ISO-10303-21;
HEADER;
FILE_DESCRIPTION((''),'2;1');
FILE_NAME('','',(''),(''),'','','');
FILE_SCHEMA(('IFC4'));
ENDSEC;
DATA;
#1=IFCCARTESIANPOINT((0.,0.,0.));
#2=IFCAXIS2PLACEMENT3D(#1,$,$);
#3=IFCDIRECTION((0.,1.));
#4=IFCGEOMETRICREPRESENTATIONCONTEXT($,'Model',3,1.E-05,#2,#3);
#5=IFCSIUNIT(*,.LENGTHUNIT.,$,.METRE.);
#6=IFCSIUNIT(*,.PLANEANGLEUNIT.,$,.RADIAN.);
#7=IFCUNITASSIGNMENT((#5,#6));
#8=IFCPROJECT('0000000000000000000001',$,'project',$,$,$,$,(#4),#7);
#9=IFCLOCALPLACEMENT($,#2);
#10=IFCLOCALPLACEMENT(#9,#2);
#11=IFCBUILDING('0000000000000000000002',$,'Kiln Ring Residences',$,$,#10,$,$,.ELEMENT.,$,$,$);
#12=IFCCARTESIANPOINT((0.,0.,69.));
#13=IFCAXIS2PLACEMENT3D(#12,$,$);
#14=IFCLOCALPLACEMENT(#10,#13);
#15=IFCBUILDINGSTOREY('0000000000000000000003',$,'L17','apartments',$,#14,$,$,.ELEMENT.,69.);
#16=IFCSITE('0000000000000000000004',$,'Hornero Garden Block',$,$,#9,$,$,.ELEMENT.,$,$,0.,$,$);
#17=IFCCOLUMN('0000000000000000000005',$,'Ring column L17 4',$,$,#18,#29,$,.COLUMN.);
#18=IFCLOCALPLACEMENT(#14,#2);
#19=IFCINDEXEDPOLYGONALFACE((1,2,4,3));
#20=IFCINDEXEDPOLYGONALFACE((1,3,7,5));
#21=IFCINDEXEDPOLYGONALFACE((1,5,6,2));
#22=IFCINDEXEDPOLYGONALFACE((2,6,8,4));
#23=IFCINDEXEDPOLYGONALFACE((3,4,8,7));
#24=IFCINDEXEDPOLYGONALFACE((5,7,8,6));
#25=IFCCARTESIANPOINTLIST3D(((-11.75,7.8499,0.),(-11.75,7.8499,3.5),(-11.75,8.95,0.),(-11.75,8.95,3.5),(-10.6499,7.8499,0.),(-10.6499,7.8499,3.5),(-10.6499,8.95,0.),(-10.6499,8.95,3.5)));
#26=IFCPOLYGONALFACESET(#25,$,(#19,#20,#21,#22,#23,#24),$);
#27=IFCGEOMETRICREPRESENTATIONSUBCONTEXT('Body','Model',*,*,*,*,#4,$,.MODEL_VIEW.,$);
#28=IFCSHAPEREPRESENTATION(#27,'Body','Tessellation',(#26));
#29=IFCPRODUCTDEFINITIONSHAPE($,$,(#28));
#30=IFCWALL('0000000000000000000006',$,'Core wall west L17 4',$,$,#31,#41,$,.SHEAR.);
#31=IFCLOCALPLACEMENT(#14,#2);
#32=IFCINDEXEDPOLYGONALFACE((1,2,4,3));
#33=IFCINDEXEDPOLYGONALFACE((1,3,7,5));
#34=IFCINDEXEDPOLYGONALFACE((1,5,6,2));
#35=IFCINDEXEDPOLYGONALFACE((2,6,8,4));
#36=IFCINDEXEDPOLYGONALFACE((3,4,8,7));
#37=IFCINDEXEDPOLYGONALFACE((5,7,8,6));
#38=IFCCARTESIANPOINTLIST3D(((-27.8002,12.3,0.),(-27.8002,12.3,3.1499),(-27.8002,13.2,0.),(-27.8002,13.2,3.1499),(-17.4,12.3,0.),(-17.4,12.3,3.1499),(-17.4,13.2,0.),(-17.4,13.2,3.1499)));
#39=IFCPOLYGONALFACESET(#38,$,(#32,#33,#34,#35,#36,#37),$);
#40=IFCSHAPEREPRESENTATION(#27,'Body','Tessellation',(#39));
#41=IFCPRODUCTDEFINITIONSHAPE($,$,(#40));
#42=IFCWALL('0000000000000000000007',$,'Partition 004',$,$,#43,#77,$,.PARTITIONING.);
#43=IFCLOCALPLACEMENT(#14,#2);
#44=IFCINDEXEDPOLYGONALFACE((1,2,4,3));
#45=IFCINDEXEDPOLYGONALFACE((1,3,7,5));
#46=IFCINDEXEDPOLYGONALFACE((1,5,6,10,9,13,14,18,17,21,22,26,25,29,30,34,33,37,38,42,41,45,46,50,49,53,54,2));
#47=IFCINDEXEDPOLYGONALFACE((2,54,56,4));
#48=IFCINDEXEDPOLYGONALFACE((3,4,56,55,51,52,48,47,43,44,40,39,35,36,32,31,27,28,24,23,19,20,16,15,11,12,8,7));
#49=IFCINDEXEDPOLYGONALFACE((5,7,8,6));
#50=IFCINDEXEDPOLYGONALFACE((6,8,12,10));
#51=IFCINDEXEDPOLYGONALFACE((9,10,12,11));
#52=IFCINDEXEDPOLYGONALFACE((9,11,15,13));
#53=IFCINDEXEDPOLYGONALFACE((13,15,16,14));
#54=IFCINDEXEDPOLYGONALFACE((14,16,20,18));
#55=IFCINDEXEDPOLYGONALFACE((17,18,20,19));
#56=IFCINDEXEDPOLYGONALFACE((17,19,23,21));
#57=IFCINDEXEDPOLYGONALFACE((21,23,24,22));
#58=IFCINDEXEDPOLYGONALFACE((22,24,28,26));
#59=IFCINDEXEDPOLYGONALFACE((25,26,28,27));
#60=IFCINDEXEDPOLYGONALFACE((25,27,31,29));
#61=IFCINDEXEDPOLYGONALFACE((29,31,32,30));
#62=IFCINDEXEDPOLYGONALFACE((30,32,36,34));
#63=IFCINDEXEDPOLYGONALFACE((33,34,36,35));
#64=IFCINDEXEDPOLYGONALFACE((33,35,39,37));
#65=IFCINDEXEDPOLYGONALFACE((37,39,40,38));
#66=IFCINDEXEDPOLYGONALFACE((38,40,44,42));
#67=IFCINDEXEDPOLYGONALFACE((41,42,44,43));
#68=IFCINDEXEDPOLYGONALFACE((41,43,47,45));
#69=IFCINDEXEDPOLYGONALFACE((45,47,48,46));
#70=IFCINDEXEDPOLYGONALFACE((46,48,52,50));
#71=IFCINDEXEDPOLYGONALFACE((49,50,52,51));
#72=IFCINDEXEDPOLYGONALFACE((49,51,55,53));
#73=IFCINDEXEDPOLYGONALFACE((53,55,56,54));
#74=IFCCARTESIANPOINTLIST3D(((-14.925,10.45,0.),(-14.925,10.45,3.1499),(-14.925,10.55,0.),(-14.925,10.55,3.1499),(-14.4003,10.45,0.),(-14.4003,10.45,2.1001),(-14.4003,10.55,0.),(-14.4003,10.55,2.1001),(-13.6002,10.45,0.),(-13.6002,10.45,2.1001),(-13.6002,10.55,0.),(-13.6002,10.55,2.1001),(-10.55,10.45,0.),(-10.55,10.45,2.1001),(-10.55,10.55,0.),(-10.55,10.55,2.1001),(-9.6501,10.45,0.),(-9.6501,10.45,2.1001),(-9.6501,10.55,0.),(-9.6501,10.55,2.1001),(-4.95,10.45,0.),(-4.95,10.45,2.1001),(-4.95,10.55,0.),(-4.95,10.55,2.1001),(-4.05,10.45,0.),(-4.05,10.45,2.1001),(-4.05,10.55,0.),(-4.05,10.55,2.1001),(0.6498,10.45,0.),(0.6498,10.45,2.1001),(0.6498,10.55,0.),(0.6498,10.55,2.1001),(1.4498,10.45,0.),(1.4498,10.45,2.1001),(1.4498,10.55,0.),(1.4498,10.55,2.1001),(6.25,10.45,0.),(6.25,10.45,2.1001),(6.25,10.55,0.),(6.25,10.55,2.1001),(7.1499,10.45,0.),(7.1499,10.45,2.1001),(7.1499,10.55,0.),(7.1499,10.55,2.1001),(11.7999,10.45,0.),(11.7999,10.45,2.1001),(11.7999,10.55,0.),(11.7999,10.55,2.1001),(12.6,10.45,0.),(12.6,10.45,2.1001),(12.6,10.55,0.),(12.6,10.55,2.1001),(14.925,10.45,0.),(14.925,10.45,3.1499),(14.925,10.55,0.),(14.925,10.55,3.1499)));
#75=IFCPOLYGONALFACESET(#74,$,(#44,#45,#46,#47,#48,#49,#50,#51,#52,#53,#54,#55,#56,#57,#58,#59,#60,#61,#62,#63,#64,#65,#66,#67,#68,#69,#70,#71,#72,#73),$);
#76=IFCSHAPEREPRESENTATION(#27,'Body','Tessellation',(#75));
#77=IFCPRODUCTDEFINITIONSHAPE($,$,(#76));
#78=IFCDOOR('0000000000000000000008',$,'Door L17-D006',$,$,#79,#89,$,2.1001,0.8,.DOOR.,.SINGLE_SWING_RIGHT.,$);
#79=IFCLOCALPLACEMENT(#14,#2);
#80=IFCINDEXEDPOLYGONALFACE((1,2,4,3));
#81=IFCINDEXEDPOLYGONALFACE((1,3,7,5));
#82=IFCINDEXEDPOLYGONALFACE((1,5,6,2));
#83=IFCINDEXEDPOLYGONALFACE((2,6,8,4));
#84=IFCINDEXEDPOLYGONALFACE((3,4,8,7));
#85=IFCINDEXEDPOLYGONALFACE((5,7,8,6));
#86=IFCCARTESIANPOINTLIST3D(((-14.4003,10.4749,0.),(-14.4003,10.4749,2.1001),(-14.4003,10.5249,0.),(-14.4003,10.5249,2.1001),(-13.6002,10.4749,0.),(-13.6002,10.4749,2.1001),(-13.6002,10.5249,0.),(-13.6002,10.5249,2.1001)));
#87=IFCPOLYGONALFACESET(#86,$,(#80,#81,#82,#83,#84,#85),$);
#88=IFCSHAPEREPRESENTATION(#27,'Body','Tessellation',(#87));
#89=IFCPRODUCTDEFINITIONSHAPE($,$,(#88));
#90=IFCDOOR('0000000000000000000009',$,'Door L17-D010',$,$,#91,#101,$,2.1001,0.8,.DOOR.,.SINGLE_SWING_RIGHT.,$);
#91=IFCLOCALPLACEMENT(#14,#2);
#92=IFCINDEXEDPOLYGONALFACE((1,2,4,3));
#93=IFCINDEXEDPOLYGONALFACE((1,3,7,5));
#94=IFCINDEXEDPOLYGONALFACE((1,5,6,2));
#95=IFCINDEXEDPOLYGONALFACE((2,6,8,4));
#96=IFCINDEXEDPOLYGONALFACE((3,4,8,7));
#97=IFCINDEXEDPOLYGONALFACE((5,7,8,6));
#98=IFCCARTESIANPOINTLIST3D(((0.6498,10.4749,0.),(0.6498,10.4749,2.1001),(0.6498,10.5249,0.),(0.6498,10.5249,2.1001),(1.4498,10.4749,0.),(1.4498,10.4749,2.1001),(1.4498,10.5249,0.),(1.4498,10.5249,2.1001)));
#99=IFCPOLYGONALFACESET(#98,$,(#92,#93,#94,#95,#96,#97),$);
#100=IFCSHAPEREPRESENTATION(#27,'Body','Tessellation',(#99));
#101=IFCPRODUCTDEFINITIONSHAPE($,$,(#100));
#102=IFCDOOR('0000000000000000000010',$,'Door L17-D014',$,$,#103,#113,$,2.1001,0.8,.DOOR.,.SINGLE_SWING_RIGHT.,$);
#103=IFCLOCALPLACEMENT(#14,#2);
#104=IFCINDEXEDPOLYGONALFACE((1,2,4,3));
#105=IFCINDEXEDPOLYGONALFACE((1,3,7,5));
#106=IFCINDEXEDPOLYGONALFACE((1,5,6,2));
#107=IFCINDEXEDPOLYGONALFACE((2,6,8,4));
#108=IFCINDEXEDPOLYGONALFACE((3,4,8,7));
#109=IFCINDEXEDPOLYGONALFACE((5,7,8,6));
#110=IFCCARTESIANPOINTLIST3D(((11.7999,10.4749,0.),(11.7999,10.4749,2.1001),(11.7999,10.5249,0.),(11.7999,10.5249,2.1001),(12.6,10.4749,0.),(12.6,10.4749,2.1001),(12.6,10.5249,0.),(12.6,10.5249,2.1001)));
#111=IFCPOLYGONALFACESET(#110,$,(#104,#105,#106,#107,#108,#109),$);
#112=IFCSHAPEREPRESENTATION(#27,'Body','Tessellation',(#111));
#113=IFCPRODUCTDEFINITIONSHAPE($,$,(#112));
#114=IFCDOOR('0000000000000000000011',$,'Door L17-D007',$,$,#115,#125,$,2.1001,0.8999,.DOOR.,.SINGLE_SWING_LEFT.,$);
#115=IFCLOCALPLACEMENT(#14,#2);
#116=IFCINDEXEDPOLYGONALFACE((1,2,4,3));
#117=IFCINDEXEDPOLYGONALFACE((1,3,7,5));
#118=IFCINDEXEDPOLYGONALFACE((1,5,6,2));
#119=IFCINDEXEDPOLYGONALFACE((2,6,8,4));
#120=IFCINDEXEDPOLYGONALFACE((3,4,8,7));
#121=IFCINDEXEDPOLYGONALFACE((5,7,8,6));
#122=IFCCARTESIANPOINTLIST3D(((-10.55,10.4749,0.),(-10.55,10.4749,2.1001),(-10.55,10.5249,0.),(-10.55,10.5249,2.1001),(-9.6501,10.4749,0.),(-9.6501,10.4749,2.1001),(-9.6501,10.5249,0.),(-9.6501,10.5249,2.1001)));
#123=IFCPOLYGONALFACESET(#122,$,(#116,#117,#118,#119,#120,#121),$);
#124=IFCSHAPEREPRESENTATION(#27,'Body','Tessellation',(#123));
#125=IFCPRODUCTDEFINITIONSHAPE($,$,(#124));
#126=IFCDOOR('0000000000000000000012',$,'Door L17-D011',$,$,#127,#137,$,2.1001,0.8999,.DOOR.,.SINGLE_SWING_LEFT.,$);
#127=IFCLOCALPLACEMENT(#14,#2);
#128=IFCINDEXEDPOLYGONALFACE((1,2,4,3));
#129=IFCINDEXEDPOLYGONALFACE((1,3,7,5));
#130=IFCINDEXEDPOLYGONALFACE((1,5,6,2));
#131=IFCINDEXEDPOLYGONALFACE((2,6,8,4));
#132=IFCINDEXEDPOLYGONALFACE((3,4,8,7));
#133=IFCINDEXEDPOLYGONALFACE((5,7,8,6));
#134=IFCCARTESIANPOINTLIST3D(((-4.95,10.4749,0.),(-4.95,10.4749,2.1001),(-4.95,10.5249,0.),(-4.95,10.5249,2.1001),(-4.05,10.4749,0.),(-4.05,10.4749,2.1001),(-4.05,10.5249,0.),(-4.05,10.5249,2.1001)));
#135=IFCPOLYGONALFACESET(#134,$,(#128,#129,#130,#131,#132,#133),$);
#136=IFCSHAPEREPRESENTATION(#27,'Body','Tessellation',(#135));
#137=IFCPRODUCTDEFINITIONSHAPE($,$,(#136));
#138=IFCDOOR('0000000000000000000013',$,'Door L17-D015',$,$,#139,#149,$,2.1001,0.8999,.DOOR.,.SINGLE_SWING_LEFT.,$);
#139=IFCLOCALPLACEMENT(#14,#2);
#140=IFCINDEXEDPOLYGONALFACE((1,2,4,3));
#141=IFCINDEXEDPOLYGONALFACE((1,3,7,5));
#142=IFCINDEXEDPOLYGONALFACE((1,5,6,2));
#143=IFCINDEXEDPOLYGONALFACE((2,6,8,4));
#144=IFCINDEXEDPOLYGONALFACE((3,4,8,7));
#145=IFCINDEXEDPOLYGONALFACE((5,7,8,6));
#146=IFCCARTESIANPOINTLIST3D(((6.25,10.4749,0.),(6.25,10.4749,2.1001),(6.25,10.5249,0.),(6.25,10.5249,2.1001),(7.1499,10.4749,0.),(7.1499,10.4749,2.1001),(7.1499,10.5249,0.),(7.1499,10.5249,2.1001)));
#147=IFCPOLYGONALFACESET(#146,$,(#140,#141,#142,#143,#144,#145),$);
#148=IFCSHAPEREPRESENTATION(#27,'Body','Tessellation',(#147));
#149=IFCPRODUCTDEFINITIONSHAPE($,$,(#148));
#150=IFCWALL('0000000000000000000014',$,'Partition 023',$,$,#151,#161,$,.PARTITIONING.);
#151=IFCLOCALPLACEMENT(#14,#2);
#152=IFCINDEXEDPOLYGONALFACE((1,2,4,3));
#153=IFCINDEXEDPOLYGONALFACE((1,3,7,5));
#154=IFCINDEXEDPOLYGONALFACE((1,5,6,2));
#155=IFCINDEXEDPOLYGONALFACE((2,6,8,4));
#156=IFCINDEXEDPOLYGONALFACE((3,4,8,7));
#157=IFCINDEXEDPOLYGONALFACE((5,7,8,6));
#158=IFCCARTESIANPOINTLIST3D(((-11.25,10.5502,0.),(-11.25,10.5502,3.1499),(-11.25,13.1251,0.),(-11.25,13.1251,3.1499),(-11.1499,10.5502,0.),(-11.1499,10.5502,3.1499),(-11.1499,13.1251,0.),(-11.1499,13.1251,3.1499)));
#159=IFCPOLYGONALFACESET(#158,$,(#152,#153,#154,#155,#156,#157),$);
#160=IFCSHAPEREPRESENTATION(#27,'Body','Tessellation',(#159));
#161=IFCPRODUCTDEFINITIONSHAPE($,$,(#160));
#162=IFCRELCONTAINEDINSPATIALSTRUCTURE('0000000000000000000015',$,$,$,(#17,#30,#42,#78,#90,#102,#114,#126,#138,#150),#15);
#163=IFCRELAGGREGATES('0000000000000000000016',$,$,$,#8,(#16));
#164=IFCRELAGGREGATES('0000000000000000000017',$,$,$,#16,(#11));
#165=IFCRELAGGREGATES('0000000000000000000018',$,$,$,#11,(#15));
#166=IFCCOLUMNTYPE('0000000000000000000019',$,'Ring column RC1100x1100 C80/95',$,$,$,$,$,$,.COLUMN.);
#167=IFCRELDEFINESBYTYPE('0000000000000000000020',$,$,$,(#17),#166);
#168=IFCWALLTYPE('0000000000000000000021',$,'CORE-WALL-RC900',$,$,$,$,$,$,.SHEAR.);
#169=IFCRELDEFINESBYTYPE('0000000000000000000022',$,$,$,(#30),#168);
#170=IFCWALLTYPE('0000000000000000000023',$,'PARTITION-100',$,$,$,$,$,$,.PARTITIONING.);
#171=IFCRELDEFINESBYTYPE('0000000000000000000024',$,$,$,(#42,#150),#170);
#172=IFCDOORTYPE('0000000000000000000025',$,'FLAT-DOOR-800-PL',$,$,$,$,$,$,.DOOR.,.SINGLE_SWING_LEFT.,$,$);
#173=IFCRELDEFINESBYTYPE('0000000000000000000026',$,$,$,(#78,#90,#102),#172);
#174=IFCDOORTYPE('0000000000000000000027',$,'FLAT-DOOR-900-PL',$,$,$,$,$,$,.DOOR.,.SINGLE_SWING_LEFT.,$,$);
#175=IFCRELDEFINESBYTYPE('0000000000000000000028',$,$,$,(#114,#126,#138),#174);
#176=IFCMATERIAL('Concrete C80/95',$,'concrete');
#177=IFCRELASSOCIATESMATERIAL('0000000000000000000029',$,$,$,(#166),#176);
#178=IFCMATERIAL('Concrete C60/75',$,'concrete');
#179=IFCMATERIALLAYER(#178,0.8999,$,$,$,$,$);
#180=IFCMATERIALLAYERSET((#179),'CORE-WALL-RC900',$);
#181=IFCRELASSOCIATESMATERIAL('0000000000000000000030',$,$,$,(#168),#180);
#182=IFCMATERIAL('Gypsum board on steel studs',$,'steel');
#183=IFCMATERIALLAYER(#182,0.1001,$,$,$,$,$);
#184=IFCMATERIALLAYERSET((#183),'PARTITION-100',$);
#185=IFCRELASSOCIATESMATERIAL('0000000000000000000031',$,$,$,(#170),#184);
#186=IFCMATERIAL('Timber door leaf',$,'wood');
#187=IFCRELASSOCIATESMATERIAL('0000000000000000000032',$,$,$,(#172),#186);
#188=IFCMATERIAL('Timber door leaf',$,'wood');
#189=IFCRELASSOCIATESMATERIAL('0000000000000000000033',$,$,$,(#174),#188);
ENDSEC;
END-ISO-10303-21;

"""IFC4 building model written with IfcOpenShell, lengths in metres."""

from ifc_helpers import new_model, si_unit, direction, frame, frame_2d, origin, origin_2d, place, context, subcontext, project, spatial, rectangle, extrude, material, layer, layer_set, material_profile, profile_set, type_object, element, fill, save


model = new_model("IFC4")

# Units and contexts
model_context = context("Model", 3, precision=1e-05, world=origin(), true_north=direction((0.0, 1.0)))
body_context = subcontext(model_context, "Body", "Model", "MODEL_VIEW")
ifc_project = project(units=[si_unit("LENGTHUNIT", "METRE"), si_unit("PLANEANGLEUNIT", "RADIAN")], contexts=[model_context])

# Site, building, storey
site_placement = place(None, origin())
site = spatial("IfcSite", under=ifc_project, at=site_placement, Name="Hornero Garden Block", CompositionType="ELEMENT", RefElevation=0.0)
building_placement = place(site_placement, origin())
building = spatial("IfcBuilding", under=site, at=building_placement, Name="Kiln Ring Residences", CompositionType="ELEMENT")
storey_placement = place(building_placement, frame((0.0, 0.0, 69.0)))
storey = spatial("IfcBuildingStorey", under=building, at=storey_placement, Name="L17", Description="apartments", CompositionType="ELEMENT", Elevation=69.0)

# Column
ifc_material_1 = material(Name="Concrete C80/95", Category="concrete")
ifc_material_profile = material_profile(ifc_material_1, rectangle(XDim=1.1001, YDim=1.1001, at=origin_2d()), Name="RC1100x1100")
ifc_profile_set = profile_set([ifc_material_profile], Name="Concrete C80/95")
column_type = type_object("IfcColumnType", Name="Ring column RC1100x1100 C80/95", PredefinedType="COLUMN", material=ifc_profile_set)
column_placement = place(storey_placement, frame((-11.2, 8.3999, 0.0), z_axis=(0.0, 0.0, 1.0), x_axis=(1.0, 0.0, 0.0)))
element("IfcColumn", 1, at=column_placement, inside=storey, type_object=column_type, Name="Ring column L17 4", PredefinedType="COLUMN", context=body_context, shape_type="SweptSolid", body=[
    extrude(rectangle(XDim=1.1001, YDim=1.1001, at=origin_2d()), origin(), (0.0, 0.0, 1.0), 3.5),
])

# Wall
ifc_material_2 = material(Name="Concrete C60/75", Category="concrete")
ifc_layer_1 = layer(ifc_material_2, 0.8999)
ifc_layer_set_1 = layer_set([ifc_layer_1], Name="CORE-WALL-RC900")
wall_type_1 = type_object("IfcWallType", Name="CORE-WALL-RC900", PredefinedType="SHEAR", material=ifc_layer_set_1)
wall_1_placement = place(storey_placement, frame((-17.3999, 12.75, 0.0), z_axis=(0.0, 0.0, 1.0), x_axis=(-1.0, 0.0, 0.0)))
element("IfcWall", 2, at=wall_1_placement, inside=storey, type_object=wall_type_1, Name="Core wall west L17 4", PredefinedType="SHEAR", context=body_context, shape_type="SweptSolid", body=[
    extrude(rectangle(XDim=10.4001, YDim=0.8999, at=frame_2d((5.2002, 0.0))), origin(), (0.0, 0.0, 1.0), 3.1499),
])

# Wall, openings, doors
ifc_material_3 = material(Name="Gypsum board on steel studs", Category="steel")
ifc_layer_2 = layer(ifc_material_3, 0.1001)
ifc_layer_set_2 = layer_set([ifc_layer_2], Name="PARTITION-100")
wall_type_2 = type_object("IfcWallType", Name="PARTITION-100", PredefinedType="PARTITIONING", material=ifc_layer_set_2)
wall_2_placement = place(storey_placement, frame((-14.925, 10.5, 0.0), z_axis=(0.0, 0.0, 1.0), x_axis=(1.0, 0.0, 0.0)))
wall_2 = element("IfcWall", 3, at=wall_2_placement, inside=storey, type_object=wall_type_2, Name="Partition 004", PredefinedType="PARTITIONING", context=body_context, shape_type="SweptSolid", body=[
    extrude(rectangle(XDim=29.8501, YDim=0.1001, at=frame_2d((14.925, 0.0))), origin(), (0.0, 0.0, 1.0), 3.1499),
])
opening_1_placement = place(wall_2_placement, frame((0.5249, 0.0, 0.0)))
opening_1 = element("IfcOpeningElement", 4, at=opening_1_placement, cuts=wall_2, PredefinedType="OPENING", context=body_context, shape_type="SweptSolid", body=[
    extrude(rectangle(XDim=0.8, YDim=2.1001, at=frame_2d((0.3999, 1.05))), frame((0.0, 0.0601, 0.0), z_axis=(0.0, -1.0, 0.0), x_axis=(1.0, 0.0, 0.0)), (0.0, 0.0, 1.0), 0.1201),
])
opening_2_placement = place(wall_2_placement, frame((4.375, 0.0, 0.0)))
opening_2 = element("IfcOpeningElement", 5, at=opening_2_placement, cuts=wall_2, PredefinedType="OPENING", context=body_context, shape_type="SweptSolid", body=[
    extrude(rectangle(XDim=0.8999, YDim=2.1001, at=frame_2d((0.45, 1.05))), frame((0.0, 0.0601, 0.0), z_axis=(0.0, -1.0, 0.0), x_axis=(1.0, 0.0, 0.0)), (0.0, 0.0, 1.0), 0.1201),
])
opening_3_placement = place(wall_2_placement, frame((15.575, 0.0, 0.0)))
opening_3 = element("IfcOpeningElement", 6, at=opening_3_placement, cuts=wall_2, PredefinedType="OPENING", context=body_context, shape_type="SweptSolid", body=[
    extrude(rectangle(XDim=0.8, YDim=2.1001, at=frame_2d((0.3999, 1.05))), frame((0.0, 0.0601, 0.0), z_axis=(0.0, -1.0, 0.0), x_axis=(1.0, 0.0, 0.0)), (0.0, 0.0, 1.0), 0.1201),
])
opening_4_placement = place(wall_2_placement, frame((9.9751, 0.0, 0.0)))
opening_4 = element("IfcOpeningElement", 7, at=opening_4_placement, cuts=wall_2, PredefinedType="OPENING", context=body_context, shape_type="SweptSolid", body=[
    extrude(rectangle(XDim=0.8999, YDim=2.1001, at=frame_2d((0.45, 1.05))), frame((0.0, 0.0601, 0.0), z_axis=(0.0, -1.0, 0.0), x_axis=(1.0, 0.0, 0.0)), (0.0, 0.0, 1.0), 0.1201),
])
opening_5_placement = place(wall_2_placement, frame((26.7251, 0.0, 0.0)))
opening_5 = element("IfcOpeningElement", 8, at=opening_5_placement, cuts=wall_2, PredefinedType="OPENING", context=body_context, shape_type="SweptSolid", body=[
    extrude(rectangle(XDim=0.8, YDim=2.1001, at=frame_2d((0.3999, 1.05))), frame((0.0, 0.0601, 0.0), z_axis=(0.0, -1.0, 0.0), x_axis=(1.0, 0.0, 0.0)), (0.0, 0.0, 1.0), 0.1201),
])
opening_6_placement = place(wall_2_placement, frame((21.175, 0.0, 0.0)))
opening_6 = element("IfcOpeningElement", 9, at=opening_6_placement, cuts=wall_2, PredefinedType="OPENING", context=body_context, shape_type="SweptSolid", body=[
    extrude(rectangle(XDim=0.8999, YDim=2.1001, at=frame_2d((0.45, 1.05))), frame((0.0, 0.0601, 0.0), z_axis=(0.0, -1.0, 0.0), x_axis=(1.0, 0.0, 0.0)), (0.0, 0.0, 1.0), 0.1201),
])
ifc_material_4 = material(Name="Timber door leaf", Category="wood")
door_type_1 = type_object("IfcDoorType", Name="FLAT-DOOR-800-PL", OperationType="SINGLE_SWING_LEFT", PredefinedType="DOOR", material=ifc_material_4)
door_1_placement = place(opening_1_placement, origin())
door_1 = element("IfcDoor", 10, at=door_1_placement, inside=storey, type_object=door_type_1, Name="Door L17-D006", OperationType="SINGLE_SWING_RIGHT", OverallHeight=2.1001, OverallWidth=0.8, PredefinedType="DOOR", context=body_context, shape_type="SweptSolid", body=[
    extrude(rectangle(XDim=0.8, YDim=2.1001, at=frame_2d((0.3999, 1.05))), frame((0.0, 0.0249, 0.0), z_axis=(0.0, -1.0, 0.0), x_axis=(1.0, 0.0, 0.0)), (0.0, 0.0, 1.0), 0.05),
])
fill(opening_1, door_1)
door_2_placement = place(opening_3_placement, origin())
door_2 = element("IfcDoor", 11, at=door_2_placement, inside=storey, type_object=door_type_1, Name="Door L17-D010", OperationType="SINGLE_SWING_RIGHT", OverallHeight=2.1001, OverallWidth=0.8, PredefinedType="DOOR", context=body_context, shape_type="SweptSolid", body=[
    extrude(rectangle(XDim=0.8, YDim=2.1001, at=frame_2d((0.3999, 1.05))), frame((0.0, 0.0249, 0.0), z_axis=(0.0, -1.0, 0.0), x_axis=(1.0, 0.0, 0.0)), (0.0, 0.0, 1.0), 0.05),
])
fill(opening_3, door_2)
door_3_placement = place(opening_5_placement, origin())
door_3 = element("IfcDoor", 12, at=door_3_placement, inside=storey, type_object=door_type_1, Name="Door L17-D014", OperationType="SINGLE_SWING_RIGHT", OverallHeight=2.1001, OverallWidth=0.8, PredefinedType="DOOR", context=body_context, shape_type="SweptSolid", body=[
    extrude(rectangle(XDim=0.8, YDim=2.1001, at=frame_2d((0.3999, 1.05))), frame((0.0, 0.0249, 0.0), z_axis=(0.0, -1.0, 0.0), x_axis=(1.0, 0.0, 0.0)), (0.0, 0.0, 1.0), 0.05),
])
fill(opening_5, door_3)
ifc_material_5 = material(Name="Timber door leaf", Category="wood")
door_type_2 = type_object("IfcDoorType", Name="FLAT-DOOR-900-PL", OperationType="SINGLE_SWING_LEFT", PredefinedType="DOOR", material=ifc_material_5)
door_4_placement = place(opening_2_placement, origin())
door_4 = element("IfcDoor", 13, at=door_4_placement, inside=storey, type_object=door_type_2, Name="Door L17-D007", OperationType="SINGLE_SWING_LEFT", OverallHeight=2.1001, OverallWidth=0.8999, PredefinedType="DOOR", context=body_context, shape_type="SweptSolid", body=[
    extrude(rectangle(XDim=0.8999, YDim=2.1001, at=frame_2d((0.45, 1.05))), frame((0.0, 0.0249, 0.0), z_axis=(0.0, -1.0, 0.0), x_axis=(1.0, 0.0, 0.0)), (0.0, 0.0, 1.0), 0.05),
])
fill(opening_2, door_4)
door_5_placement = place(opening_4_placement, origin())
door_5 = element("IfcDoor", 14, at=door_5_placement, inside=storey, type_object=door_type_2, Name="Door L17-D011", OperationType="SINGLE_SWING_LEFT", OverallHeight=2.1001, OverallWidth=0.8999, PredefinedType="DOOR", context=body_context, shape_type="SweptSolid", body=[
    extrude(rectangle(XDim=0.8999, YDim=2.1001, at=frame_2d((0.45, 1.05))), frame((0.0, 0.0249, 0.0), z_axis=(0.0, -1.0, 0.0), x_axis=(1.0, 0.0, 0.0)), (0.0, 0.0, 1.0), 0.05),
])
fill(opening_4, door_5)
door_6_placement = place(opening_6_placement, origin())
door_6 = element("IfcDoor", 15, at=door_6_placement, inside=storey, type_object=door_type_2, Name="Door L17-D015", OperationType="SINGLE_SWING_LEFT", OverallHeight=2.1001, OverallWidth=0.8999, PredefinedType="DOOR", context=body_context, shape_type="SweptSolid", body=[
    extrude(rectangle(XDim=0.8999, YDim=2.1001, at=frame_2d((0.45, 1.05))), frame((0.0, 0.0249, 0.0), z_axis=(0.0, -1.0, 0.0), x_axis=(1.0, 0.0, 0.0)), (0.0, 0.0, 1.0), 0.05),
])
fill(opening_6, door_6)

# Wall
wall_3_placement = place(storey_placement, frame((-11.2, 10.55, 0.0), z_axis=(0.0, 0.0, 1.0), x_axis=(0.0, 1.0, 0.0)))
element("IfcWall", 16, at=wall_3_placement, inside=storey, type_object=wall_type_2, Name="Partition 023", PredefinedType="PARTITIONING", context=body_context, shape_type="SweptSolid", body=[
    extrude(rectangle(XDim=2.575, YDim=0.1001, at=frame_2d((1.2876, 0.0))), origin(), (0.0, 0.0, 1.0), 3.1499),
])

save(model, "model.ifc")
